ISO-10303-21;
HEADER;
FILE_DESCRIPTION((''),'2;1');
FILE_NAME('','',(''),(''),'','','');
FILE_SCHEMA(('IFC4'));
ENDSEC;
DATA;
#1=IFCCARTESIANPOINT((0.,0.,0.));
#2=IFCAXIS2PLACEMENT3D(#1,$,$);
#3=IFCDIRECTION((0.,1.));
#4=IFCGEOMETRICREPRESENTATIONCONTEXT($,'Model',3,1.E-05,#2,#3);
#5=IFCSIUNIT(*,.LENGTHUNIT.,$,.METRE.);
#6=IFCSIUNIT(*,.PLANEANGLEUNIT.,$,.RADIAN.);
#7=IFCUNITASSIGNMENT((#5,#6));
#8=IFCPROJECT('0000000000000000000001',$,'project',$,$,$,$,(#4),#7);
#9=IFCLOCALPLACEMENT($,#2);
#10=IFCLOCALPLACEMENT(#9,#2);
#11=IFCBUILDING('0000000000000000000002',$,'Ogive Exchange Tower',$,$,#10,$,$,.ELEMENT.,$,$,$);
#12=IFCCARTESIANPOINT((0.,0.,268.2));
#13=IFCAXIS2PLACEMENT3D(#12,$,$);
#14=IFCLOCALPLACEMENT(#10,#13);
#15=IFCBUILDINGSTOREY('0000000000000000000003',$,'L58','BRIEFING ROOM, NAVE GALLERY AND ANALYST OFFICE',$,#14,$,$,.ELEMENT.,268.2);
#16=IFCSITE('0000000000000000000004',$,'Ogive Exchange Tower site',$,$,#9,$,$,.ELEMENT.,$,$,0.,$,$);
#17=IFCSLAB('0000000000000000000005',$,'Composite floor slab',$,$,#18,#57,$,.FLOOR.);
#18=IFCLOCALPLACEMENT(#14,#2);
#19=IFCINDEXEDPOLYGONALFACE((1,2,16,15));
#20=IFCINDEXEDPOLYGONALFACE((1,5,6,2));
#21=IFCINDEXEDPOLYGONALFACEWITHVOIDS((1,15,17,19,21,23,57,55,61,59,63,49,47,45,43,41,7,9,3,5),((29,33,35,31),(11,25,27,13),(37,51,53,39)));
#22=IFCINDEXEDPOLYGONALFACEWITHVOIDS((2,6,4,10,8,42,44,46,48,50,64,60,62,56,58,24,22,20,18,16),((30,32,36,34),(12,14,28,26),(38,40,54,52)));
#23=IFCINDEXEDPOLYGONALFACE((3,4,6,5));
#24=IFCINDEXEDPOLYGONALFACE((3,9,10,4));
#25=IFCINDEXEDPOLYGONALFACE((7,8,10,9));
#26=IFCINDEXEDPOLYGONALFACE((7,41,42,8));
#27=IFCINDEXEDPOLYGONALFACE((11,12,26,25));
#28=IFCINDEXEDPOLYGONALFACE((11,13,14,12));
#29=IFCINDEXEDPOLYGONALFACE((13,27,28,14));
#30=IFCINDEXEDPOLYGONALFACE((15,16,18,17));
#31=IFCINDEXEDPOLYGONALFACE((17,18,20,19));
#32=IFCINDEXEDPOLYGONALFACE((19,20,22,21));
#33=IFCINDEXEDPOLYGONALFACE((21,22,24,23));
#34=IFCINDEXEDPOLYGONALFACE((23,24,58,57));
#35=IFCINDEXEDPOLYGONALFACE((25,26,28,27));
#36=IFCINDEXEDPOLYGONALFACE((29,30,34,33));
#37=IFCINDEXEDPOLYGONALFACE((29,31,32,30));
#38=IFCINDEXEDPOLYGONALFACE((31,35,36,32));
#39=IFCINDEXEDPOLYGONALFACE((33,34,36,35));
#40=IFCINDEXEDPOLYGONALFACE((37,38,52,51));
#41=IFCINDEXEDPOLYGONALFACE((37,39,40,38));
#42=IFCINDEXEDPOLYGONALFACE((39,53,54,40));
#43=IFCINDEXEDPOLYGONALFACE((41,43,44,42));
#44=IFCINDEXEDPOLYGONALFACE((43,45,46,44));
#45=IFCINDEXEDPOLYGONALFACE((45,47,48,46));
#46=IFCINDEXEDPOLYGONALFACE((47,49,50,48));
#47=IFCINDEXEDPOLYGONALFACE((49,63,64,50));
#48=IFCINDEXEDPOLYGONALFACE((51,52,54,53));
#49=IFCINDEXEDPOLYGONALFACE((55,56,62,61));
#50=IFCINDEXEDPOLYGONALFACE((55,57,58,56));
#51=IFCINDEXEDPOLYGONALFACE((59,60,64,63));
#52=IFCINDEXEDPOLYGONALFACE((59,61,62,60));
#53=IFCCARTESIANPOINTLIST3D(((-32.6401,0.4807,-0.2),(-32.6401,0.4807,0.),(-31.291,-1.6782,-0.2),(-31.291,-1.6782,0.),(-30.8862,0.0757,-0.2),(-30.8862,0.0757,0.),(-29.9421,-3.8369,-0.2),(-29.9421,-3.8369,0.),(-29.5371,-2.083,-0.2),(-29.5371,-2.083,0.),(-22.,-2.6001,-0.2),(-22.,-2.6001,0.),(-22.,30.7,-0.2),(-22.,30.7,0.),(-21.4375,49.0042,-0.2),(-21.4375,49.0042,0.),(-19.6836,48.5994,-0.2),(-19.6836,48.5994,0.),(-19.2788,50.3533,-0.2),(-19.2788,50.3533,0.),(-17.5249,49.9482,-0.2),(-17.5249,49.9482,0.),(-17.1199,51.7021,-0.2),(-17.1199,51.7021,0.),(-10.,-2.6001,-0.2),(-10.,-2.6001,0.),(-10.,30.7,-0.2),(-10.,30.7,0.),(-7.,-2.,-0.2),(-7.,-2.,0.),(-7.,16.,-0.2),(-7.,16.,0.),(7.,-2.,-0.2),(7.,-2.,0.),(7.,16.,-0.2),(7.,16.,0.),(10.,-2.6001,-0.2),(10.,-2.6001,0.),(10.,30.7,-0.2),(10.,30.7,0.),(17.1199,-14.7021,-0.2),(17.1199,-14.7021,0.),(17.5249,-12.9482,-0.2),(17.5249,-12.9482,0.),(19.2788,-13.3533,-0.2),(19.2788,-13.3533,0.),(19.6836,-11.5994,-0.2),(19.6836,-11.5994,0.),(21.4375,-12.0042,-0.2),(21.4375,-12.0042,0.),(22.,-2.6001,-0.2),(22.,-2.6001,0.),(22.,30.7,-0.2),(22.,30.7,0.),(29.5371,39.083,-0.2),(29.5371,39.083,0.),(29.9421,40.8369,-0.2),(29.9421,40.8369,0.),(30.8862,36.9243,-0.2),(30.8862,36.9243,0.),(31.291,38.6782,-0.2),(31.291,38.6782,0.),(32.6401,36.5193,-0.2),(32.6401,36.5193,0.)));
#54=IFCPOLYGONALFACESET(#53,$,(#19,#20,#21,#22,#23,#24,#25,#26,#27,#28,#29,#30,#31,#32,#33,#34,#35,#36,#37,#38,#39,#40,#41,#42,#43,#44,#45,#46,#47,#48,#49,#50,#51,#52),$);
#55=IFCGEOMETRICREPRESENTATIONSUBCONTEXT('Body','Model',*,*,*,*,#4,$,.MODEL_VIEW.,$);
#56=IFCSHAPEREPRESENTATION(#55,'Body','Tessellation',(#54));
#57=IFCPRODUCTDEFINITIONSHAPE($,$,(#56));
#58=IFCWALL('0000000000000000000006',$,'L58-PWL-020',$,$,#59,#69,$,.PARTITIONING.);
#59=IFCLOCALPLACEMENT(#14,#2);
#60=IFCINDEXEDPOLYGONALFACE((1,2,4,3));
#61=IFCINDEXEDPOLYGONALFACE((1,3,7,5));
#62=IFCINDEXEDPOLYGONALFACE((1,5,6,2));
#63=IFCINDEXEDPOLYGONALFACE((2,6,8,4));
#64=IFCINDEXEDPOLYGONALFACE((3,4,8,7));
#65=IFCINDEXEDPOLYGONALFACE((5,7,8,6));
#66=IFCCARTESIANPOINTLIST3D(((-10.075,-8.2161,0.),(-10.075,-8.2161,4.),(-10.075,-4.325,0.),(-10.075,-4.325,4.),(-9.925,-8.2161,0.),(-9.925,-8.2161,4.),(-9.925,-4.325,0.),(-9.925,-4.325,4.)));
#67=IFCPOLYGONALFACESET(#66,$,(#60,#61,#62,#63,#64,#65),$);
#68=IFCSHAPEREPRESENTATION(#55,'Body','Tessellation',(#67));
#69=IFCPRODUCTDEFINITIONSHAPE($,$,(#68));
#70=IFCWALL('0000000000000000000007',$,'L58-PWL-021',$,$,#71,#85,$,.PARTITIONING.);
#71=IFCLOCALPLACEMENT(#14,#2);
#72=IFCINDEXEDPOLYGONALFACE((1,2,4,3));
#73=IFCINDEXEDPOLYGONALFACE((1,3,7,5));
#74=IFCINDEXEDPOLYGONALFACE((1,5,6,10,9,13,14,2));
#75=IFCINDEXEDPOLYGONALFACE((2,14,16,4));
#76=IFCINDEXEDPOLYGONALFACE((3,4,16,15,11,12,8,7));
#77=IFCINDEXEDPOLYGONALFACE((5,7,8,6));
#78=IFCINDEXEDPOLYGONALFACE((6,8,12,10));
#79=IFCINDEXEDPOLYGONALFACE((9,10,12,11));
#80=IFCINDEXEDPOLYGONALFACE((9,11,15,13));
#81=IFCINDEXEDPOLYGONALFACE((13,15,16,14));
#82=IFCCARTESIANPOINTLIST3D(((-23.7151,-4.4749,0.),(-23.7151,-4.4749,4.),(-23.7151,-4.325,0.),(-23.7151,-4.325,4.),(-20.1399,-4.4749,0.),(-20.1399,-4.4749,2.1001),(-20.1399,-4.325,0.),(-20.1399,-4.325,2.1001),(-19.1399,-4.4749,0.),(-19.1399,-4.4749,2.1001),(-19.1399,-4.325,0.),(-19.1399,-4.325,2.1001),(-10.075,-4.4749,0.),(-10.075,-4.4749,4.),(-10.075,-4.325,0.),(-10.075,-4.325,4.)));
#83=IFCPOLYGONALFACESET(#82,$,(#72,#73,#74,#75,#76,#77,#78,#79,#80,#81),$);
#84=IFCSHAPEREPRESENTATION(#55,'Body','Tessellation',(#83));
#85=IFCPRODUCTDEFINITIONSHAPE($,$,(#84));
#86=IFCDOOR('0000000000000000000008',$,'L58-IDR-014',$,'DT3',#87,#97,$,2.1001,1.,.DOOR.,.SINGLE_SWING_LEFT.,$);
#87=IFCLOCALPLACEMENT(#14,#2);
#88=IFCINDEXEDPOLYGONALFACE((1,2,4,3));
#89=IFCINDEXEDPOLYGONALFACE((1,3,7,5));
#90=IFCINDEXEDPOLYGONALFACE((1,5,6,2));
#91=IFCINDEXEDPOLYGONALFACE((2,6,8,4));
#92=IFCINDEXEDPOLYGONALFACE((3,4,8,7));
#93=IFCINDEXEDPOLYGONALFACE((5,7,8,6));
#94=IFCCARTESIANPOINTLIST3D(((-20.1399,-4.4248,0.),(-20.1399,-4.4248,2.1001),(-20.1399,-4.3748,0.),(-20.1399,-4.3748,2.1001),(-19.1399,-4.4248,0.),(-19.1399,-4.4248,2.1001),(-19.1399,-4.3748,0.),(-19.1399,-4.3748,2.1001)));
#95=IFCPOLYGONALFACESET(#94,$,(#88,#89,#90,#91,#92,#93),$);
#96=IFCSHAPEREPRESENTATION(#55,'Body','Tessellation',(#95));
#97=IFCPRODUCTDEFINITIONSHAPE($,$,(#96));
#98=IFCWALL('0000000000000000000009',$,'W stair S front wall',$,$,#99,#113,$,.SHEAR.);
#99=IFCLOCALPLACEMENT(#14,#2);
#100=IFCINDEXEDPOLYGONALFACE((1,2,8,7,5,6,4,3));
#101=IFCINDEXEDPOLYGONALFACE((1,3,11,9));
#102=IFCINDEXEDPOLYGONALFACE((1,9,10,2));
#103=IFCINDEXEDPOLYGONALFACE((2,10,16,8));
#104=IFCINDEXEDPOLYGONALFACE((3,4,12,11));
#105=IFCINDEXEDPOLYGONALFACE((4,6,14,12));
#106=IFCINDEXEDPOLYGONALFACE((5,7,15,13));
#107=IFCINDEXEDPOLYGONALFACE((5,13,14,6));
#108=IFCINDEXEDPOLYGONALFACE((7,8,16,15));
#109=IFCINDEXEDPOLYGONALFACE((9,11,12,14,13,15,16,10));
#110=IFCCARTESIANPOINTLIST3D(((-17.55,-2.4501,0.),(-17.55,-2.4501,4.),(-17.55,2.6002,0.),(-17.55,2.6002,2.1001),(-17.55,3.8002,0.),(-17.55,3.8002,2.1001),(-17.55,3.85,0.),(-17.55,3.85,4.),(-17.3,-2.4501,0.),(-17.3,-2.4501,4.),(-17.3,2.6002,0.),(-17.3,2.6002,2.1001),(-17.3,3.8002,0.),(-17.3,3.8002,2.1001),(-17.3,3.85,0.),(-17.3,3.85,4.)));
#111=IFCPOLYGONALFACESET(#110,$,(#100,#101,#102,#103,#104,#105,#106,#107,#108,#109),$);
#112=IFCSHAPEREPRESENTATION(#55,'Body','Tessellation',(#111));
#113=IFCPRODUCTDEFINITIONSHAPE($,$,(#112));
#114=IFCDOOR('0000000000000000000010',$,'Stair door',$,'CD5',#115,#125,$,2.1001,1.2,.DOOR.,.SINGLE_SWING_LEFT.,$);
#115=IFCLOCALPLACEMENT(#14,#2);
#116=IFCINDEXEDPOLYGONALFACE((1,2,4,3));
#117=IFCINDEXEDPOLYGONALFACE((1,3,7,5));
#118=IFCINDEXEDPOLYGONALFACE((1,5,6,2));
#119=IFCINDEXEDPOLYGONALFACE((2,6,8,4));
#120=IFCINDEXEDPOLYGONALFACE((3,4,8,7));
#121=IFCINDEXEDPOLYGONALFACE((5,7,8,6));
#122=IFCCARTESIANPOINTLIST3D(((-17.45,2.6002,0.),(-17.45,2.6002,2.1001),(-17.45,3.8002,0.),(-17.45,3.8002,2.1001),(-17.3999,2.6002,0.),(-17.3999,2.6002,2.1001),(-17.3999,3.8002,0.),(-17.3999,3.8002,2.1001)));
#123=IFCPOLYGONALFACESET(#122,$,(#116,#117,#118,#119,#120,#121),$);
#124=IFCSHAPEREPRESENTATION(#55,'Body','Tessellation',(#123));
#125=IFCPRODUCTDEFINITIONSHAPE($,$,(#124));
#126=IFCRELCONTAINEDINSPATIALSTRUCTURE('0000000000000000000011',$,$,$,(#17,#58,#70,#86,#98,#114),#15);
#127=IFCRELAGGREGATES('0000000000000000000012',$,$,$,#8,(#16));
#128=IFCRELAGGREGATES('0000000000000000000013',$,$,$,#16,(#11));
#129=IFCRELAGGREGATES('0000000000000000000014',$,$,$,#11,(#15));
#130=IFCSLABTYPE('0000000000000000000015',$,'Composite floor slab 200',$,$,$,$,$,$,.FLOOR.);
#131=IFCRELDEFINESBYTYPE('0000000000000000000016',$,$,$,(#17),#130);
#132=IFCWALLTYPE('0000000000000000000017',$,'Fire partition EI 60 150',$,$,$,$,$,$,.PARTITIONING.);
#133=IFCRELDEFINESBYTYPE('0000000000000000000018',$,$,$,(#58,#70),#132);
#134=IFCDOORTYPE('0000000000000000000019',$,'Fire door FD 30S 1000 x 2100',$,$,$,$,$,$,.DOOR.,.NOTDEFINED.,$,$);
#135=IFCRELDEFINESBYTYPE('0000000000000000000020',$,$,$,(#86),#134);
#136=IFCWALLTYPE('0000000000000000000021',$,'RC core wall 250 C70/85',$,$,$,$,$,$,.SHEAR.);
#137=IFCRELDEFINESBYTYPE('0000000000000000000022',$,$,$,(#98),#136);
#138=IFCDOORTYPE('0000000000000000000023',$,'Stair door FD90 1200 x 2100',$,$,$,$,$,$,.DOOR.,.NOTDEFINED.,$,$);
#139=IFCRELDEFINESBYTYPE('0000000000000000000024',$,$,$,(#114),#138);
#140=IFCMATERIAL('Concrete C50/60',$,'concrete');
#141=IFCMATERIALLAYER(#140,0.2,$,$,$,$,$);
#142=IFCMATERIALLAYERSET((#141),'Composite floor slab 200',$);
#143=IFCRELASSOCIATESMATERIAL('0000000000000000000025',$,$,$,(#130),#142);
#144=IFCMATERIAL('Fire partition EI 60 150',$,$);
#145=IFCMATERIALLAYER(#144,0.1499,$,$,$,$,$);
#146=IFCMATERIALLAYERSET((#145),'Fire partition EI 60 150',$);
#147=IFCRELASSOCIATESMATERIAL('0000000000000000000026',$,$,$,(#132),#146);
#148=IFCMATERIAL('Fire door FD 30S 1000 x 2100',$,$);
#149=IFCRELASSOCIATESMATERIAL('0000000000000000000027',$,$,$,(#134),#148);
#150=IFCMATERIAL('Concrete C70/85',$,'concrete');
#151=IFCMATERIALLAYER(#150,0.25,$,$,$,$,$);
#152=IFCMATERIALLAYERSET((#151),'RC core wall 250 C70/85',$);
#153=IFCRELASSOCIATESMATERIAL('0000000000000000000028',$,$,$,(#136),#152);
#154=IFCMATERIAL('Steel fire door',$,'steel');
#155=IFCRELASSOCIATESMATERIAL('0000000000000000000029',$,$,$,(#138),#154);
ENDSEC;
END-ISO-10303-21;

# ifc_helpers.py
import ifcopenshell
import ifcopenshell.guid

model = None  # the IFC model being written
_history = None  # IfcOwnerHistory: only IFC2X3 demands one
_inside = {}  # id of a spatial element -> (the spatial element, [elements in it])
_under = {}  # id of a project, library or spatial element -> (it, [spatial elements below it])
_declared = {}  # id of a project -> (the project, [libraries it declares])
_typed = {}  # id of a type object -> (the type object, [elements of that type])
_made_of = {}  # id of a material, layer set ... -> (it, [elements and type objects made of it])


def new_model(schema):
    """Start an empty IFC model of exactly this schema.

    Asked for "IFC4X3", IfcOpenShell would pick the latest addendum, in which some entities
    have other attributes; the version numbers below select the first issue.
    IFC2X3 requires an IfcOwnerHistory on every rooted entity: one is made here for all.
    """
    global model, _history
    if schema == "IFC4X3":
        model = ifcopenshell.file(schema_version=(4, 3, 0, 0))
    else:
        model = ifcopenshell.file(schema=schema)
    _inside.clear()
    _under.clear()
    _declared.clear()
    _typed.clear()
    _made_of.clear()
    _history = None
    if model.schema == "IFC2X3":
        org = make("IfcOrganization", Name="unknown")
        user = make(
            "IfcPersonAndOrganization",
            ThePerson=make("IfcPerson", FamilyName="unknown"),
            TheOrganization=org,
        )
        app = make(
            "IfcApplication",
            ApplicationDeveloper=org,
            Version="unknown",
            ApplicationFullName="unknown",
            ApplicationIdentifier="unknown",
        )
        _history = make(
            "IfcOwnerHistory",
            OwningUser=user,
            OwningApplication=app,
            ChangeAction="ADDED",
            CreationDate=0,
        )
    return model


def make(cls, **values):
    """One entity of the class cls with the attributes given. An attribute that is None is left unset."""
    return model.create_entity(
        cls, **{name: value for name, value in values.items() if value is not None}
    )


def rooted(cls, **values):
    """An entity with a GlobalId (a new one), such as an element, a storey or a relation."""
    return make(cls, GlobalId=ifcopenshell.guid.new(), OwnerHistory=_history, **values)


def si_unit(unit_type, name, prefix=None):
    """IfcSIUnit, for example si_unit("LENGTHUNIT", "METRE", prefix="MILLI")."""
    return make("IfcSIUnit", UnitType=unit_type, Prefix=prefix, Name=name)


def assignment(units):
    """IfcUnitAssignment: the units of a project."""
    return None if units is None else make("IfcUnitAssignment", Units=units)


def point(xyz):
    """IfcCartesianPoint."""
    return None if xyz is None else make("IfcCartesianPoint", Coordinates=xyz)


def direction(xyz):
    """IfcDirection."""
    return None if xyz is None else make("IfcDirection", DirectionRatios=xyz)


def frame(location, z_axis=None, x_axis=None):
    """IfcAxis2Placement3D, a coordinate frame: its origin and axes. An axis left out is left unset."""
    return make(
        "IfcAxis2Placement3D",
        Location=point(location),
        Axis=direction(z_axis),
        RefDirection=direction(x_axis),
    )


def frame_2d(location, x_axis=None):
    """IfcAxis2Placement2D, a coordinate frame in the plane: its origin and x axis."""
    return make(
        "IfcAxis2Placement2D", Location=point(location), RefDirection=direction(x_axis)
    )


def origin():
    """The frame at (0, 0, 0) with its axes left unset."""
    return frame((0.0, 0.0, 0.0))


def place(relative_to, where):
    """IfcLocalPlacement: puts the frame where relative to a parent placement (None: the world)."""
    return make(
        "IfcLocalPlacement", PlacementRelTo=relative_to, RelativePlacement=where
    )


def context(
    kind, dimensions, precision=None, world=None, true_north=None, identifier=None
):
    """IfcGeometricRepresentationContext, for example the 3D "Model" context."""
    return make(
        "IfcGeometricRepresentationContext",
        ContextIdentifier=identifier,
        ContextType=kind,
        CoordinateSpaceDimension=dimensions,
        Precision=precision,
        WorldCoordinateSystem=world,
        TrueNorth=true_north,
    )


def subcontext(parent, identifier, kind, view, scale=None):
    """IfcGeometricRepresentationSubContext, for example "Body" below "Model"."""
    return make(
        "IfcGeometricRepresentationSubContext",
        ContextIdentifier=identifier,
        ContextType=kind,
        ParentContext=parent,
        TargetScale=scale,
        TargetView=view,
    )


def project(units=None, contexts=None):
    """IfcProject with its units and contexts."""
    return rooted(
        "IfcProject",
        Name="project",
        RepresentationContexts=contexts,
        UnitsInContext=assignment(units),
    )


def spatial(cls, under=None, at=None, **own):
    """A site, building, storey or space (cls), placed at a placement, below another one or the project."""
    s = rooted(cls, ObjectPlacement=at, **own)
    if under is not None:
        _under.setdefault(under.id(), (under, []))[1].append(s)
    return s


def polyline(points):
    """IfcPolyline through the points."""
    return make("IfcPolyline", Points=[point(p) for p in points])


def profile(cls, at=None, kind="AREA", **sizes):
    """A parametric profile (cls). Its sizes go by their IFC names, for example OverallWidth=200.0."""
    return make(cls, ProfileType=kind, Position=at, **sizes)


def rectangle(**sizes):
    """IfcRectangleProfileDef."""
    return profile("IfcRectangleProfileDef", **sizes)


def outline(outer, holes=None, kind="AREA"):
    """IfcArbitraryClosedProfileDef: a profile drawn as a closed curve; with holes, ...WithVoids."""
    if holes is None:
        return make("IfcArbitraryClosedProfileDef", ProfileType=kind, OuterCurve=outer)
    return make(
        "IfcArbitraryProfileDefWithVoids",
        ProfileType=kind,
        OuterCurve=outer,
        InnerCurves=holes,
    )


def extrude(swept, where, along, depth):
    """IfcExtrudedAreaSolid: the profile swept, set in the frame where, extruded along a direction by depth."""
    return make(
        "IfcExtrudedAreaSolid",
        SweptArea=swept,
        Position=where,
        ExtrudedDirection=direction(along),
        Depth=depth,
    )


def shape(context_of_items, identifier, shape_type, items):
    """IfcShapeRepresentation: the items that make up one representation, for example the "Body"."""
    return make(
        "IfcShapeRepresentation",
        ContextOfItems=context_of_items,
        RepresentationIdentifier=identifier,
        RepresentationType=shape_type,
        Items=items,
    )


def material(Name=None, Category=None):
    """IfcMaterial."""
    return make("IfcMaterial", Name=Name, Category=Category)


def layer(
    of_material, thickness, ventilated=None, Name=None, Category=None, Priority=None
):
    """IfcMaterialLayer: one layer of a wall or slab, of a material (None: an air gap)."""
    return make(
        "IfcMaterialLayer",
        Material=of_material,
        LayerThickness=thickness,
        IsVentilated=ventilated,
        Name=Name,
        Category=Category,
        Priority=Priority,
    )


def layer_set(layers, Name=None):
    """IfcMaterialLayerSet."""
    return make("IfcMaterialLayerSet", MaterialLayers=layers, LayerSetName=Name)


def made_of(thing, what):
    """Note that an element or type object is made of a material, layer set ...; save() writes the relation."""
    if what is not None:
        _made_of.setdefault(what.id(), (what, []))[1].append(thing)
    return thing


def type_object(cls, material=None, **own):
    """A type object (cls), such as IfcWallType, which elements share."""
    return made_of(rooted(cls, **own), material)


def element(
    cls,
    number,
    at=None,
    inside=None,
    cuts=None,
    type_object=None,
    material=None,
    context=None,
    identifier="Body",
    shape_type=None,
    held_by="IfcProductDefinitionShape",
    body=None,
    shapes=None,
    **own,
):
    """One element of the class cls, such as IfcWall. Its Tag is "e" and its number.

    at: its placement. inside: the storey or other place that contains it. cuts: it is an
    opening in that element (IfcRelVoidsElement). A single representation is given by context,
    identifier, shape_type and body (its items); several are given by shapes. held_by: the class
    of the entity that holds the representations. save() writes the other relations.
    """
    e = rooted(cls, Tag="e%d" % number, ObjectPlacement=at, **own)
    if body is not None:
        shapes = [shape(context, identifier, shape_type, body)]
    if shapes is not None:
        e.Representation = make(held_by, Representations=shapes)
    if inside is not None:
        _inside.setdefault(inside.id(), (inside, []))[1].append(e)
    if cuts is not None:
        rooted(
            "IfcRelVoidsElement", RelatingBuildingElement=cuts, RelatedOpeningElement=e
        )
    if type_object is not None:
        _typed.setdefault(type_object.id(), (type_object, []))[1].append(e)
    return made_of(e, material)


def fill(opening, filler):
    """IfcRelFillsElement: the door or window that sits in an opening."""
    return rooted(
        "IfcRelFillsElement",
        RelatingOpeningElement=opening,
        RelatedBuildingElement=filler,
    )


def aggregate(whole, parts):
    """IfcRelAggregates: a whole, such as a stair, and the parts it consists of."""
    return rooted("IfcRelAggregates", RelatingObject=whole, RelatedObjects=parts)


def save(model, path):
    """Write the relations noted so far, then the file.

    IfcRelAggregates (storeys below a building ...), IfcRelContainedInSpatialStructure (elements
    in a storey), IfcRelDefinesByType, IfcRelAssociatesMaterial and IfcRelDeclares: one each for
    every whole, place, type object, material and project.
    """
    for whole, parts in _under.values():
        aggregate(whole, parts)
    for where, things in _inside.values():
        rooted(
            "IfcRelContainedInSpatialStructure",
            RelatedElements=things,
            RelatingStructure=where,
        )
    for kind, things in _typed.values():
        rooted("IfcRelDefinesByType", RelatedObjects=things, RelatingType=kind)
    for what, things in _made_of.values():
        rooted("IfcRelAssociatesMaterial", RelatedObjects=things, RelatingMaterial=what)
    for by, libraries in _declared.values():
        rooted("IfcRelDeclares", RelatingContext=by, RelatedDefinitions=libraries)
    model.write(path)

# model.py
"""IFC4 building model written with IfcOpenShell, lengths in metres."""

from ifc_helpers import new_model, si_unit, direction, frame, frame_2d, origin, place, context, subcontext, project, spatial, polyline, rectangle, outline, extrude, material, layer, layer_set, type_object, element, fill, save


model = new_model("IFC4")

# Units and contexts
model_context = context("Model", 3, precision=1e-05, world=origin(), true_north=direction((0.0, 1.0)))
body_context = subcontext(model_context, "Body", "Model", "MODEL_VIEW")
ifc_project = project(units=[si_unit("LENGTHUNIT", "METRE"), si_unit("PLANEANGLEUNIT", "RADIAN")], contexts=[model_context])

# Site, building, storey
site_placement = place(None, origin())
site = spatial("IfcSite", under=ifc_project, at=site_placement, Name="Ogive Exchange Tower site", CompositionType="ELEMENT", RefElevation=0.0)
building_placement = place(site_placement, origin())
building = spatial("IfcBuilding", under=site, at=building_placement, Name="Ogive Exchange Tower", CompositionType="ELEMENT")
storey_placement = place(building_placement, frame((0.0, 0.0, 268.2)))
storey = spatial("IfcBuildingStorey", under=building, at=storey_placement, Name="L58", Description="BRIEFING ROOM, NAVE GALLERY AND ANALYST OFFICE", CompositionType="ELEMENT", Elevation=268.2)

# Slab
ifc_material_1 = material(Name="Concrete C50/60", Category="concrete")
ifc_layer_1 = layer(ifc_material_1, 0.2)
ifc_layer_set_1 = layer_set([ifc_layer_1], Name="Composite floor slab 200")
slab_type = type_object("IfcSlabType", Name="Composite floor slab 200", PredefinedType="FLOOR", material=ifc_layer_set_1)
slab_placement = place(storey_placement, frame((0.0, 0.0, -0.2)))
element("IfcSlab", 1, at=slab_placement, inside=storey, type_object=slab_type, Name="Composite floor slab", PredefinedType="FLOOR", context=body_context, shape_type="SweptSolid", body=[
    extrude(outline(polyline([(-29.5371, -2.083), (-31.291, -1.6782), (-30.8862, 0.0757), (-32.6401, 0.4807), (-21.4375, 49.0042), (-19.6836, 48.5994), (-19.2788, 50.3533), (-17.5249, 49.9482), (-17.1199, 51.7021), (29.9421, 40.8369), (29.5371, 39.083), (31.291, 38.6782), (30.8862, 36.9243), (32.6401, 36.5193), (21.4375, -12.0042), (19.6836, -11.5994), (19.2788, -13.3533), (17.5249, -12.9482), (17.1199, -14.7021), (-29.9421, -3.8369), (-29.5371, -2.083)]), holes=[polyline([(7.0, -2.0), (7.0, 16.0), (-7.0, 16.0), (-7.0, -2.0), (7.0, -2.0)]), polyline([(-22.0, -2.6001), (-10.0, -2.6001), (-10.0, 30.7), (-22.0, 30.7), (-22.0, -2.6001)]), polyline([(10.0, -2.6001), (22.0, -2.6001), (22.0, 30.7), (10.0, 30.7), (10.0, -2.6001)])]), origin(), (0.0, 0.0, 1.0), 0.2),
])

# Wall
ifc_material_2 = material(Name="Fire partition EI 60 150")
ifc_layer_2 = layer(ifc_material_2, 0.1499)
ifc_layer_set_2 = layer_set([ifc_layer_2], Name="Fire partition EI 60 150")
wall_type_1 = type_object("IfcWallType", Name="Fire partition EI 60 150", PredefinedType="PARTITIONING", material=ifc_layer_set_2)
wall_1_placement = place(storey_placement, frame((-10.0, -8.2161, 0.0), z_axis=(0.0, 0.0, 1.0), x_axis=(0.0, 1.0, 0.0)))
element("IfcWall", 2, at=wall_1_placement, inside=storey, type_object=wall_type_1, Name="L58-PWL-020", PredefinedType="PARTITIONING", context=body_context, shape_type="SweptSolid", body=[
    extrude(rectangle(XDim=3.8911, YDim=0.1499, at=frame_2d((1.9456, 0.0))), origin(), (0.0, 0.0, 1.0), 4.0),
])

# Walls, openings, doors
wall_2_placement = place(storey_placement, frame((-10.075, -4.3999, 0.0), z_axis=(0.0, 0.0, 1.0), x_axis=(-1.0, 0.0, 0.0)))
wall_2 = element("IfcWall", 3, at=wall_2_placement, inside=storey, type_object=wall_type_1, Name="L58-PWL-021", PredefinedType="PARTITIONING", context=body_context, shape_type="SweptSolid", body=[
    extrude(rectangle(XDim=13.6401, YDim=0.1499, at=frame_2d((6.8201, 0.0))), origin(), (0.0, 0.0, 1.0), 4.0),
])
opening_1_placement = place(wall_2_placement, frame((9.0649, 0.0, 0.0)))
opening_1 = element("IfcOpeningElement", 4, at=opening_1_placement, cuts=wall_2, PredefinedType="OPENING", context=body_context, shape_type="SweptSolid", body=[
    extrude(rectangle(XDim=1.0, YDim=2.1001, at=frame_2d((0.5, 1.05))), frame((0.0, 0.085, 0.0), z_axis=(0.0, -1.0, 0.0), x_axis=(1.0, 0.0, 0.0)), (0.0, 0.0, 1.0), 0.1699),
])
ifc_material_3 = material(Name="Fire door FD 30S 1000 x 2100")
door_type_1 = type_object("IfcDoorType", Name="Fire door FD 30S 1000 x 2100", OperationType="NOTDEFINED", PredefinedType="DOOR", material=ifc_material_3)
door_1_placement = place(opening_1_placement, origin())
door_1 = element("IfcDoor", 5, at=door_1_placement, inside=storey, type_object=door_type_1, Name="L58-IDR-014", ObjectType="DT3", OperationType="SINGLE_SWING_LEFT", OverallHeight=2.1001, OverallWidth=1.0, PredefinedType="DOOR", context=body_context, shape_type="SweptSolid", body=[
    extrude(rectangle(XDim=1.0, YDim=2.1001, at=frame_2d((0.5, 1.05))), frame((0.0, 0.0249, 0.0), z_axis=(0.0, -1.0, 0.0), x_axis=(1.0, 0.0, 0.0)), (0.0, 0.0, 1.0), 0.05),
])
fill(opening_1, door_1)
ifc_material_4 = material(Name="Concrete C70/85", Category="concrete")
ifc_layer_3 = layer(ifc_material_4, 0.25)
ifc_layer_set_3 = layer_set([ifc_layer_3], Name="RC core wall 250 C70/85")
wall_type_2 = type_object("IfcWallType", Name="RC core wall 250 C70/85", PredefinedType="SHEAR", material=ifc_layer_set_3)
wall_3_placement = place(storey_placement, frame((-17.425, -2.45, 0.0), z_axis=(0.0, 0.0, 1.0), x_axis=(0.0, 1.0, 0.0)))
wall_3 = element("IfcWall", 6, at=wall_3_placement, inside=storey, type_object=wall_type_2, Name="W stair S front wall", PredefinedType="SHEAR", context=body_context, shape_type="SweptSolid", body=[
    extrude(rectangle(XDim=6.3, YDim=0.25, at=frame_2d((3.1499, 0.0))), origin(), (0.0, 0.0, 1.0), 4.0),
])
opening_2_placement = place(wall_3_placement, frame((5.05, 0.0, 0.0)))
opening_2 = element("IfcOpeningElement", 7, at=opening_2_placement, cuts=wall_3, PredefinedType="OPENING", context=body_context, shape_type="SweptSolid", body=[
    extrude(rectangle(XDim=1.2, YDim=2.1001, at=frame_2d((0.6001, 1.05))), frame((0.0, 0.135, 0.0), z_axis=(0.0, -1.0, 0.0), x_axis=(1.0, 0.0, 0.0)), (0.0, 0.0, 1.0), 0.27),
])
ifc_material_5 = material(Name="Steel fire door", Category="steel")
door_type_2 = type_object("IfcDoorType", Name="Stair door FD90 1200 x 2100", OperationType="NOTDEFINED", PredefinedType="DOOR", material=ifc_material_5)
door_2_placement = place(opening_2_placement, origin())
door_2 = element("IfcDoor", 8, at=door_2_placement, inside=storey, type_object=door_type_2, Name="Stair door", ObjectType="CD5", OperationType="SINGLE_SWING_LEFT", OverallHeight=2.1001, OverallWidth=1.2, PredefinedType="DOOR", context=body_context, shape_type="SweptSolid", body=[
    extrude(rectangle(XDim=1.2, YDim=2.1001, at=frame_2d((0.6001, 1.05))), frame((0.0, 0.0249, 0.0), z_axis=(0.0, -1.0, 0.0), x_axis=(1.0, 0.0, 0.0)), (0.0, 0.0, 1.0), 0.05),
])
fill(opening_2, door_2)

save(model, "model.ifc")
